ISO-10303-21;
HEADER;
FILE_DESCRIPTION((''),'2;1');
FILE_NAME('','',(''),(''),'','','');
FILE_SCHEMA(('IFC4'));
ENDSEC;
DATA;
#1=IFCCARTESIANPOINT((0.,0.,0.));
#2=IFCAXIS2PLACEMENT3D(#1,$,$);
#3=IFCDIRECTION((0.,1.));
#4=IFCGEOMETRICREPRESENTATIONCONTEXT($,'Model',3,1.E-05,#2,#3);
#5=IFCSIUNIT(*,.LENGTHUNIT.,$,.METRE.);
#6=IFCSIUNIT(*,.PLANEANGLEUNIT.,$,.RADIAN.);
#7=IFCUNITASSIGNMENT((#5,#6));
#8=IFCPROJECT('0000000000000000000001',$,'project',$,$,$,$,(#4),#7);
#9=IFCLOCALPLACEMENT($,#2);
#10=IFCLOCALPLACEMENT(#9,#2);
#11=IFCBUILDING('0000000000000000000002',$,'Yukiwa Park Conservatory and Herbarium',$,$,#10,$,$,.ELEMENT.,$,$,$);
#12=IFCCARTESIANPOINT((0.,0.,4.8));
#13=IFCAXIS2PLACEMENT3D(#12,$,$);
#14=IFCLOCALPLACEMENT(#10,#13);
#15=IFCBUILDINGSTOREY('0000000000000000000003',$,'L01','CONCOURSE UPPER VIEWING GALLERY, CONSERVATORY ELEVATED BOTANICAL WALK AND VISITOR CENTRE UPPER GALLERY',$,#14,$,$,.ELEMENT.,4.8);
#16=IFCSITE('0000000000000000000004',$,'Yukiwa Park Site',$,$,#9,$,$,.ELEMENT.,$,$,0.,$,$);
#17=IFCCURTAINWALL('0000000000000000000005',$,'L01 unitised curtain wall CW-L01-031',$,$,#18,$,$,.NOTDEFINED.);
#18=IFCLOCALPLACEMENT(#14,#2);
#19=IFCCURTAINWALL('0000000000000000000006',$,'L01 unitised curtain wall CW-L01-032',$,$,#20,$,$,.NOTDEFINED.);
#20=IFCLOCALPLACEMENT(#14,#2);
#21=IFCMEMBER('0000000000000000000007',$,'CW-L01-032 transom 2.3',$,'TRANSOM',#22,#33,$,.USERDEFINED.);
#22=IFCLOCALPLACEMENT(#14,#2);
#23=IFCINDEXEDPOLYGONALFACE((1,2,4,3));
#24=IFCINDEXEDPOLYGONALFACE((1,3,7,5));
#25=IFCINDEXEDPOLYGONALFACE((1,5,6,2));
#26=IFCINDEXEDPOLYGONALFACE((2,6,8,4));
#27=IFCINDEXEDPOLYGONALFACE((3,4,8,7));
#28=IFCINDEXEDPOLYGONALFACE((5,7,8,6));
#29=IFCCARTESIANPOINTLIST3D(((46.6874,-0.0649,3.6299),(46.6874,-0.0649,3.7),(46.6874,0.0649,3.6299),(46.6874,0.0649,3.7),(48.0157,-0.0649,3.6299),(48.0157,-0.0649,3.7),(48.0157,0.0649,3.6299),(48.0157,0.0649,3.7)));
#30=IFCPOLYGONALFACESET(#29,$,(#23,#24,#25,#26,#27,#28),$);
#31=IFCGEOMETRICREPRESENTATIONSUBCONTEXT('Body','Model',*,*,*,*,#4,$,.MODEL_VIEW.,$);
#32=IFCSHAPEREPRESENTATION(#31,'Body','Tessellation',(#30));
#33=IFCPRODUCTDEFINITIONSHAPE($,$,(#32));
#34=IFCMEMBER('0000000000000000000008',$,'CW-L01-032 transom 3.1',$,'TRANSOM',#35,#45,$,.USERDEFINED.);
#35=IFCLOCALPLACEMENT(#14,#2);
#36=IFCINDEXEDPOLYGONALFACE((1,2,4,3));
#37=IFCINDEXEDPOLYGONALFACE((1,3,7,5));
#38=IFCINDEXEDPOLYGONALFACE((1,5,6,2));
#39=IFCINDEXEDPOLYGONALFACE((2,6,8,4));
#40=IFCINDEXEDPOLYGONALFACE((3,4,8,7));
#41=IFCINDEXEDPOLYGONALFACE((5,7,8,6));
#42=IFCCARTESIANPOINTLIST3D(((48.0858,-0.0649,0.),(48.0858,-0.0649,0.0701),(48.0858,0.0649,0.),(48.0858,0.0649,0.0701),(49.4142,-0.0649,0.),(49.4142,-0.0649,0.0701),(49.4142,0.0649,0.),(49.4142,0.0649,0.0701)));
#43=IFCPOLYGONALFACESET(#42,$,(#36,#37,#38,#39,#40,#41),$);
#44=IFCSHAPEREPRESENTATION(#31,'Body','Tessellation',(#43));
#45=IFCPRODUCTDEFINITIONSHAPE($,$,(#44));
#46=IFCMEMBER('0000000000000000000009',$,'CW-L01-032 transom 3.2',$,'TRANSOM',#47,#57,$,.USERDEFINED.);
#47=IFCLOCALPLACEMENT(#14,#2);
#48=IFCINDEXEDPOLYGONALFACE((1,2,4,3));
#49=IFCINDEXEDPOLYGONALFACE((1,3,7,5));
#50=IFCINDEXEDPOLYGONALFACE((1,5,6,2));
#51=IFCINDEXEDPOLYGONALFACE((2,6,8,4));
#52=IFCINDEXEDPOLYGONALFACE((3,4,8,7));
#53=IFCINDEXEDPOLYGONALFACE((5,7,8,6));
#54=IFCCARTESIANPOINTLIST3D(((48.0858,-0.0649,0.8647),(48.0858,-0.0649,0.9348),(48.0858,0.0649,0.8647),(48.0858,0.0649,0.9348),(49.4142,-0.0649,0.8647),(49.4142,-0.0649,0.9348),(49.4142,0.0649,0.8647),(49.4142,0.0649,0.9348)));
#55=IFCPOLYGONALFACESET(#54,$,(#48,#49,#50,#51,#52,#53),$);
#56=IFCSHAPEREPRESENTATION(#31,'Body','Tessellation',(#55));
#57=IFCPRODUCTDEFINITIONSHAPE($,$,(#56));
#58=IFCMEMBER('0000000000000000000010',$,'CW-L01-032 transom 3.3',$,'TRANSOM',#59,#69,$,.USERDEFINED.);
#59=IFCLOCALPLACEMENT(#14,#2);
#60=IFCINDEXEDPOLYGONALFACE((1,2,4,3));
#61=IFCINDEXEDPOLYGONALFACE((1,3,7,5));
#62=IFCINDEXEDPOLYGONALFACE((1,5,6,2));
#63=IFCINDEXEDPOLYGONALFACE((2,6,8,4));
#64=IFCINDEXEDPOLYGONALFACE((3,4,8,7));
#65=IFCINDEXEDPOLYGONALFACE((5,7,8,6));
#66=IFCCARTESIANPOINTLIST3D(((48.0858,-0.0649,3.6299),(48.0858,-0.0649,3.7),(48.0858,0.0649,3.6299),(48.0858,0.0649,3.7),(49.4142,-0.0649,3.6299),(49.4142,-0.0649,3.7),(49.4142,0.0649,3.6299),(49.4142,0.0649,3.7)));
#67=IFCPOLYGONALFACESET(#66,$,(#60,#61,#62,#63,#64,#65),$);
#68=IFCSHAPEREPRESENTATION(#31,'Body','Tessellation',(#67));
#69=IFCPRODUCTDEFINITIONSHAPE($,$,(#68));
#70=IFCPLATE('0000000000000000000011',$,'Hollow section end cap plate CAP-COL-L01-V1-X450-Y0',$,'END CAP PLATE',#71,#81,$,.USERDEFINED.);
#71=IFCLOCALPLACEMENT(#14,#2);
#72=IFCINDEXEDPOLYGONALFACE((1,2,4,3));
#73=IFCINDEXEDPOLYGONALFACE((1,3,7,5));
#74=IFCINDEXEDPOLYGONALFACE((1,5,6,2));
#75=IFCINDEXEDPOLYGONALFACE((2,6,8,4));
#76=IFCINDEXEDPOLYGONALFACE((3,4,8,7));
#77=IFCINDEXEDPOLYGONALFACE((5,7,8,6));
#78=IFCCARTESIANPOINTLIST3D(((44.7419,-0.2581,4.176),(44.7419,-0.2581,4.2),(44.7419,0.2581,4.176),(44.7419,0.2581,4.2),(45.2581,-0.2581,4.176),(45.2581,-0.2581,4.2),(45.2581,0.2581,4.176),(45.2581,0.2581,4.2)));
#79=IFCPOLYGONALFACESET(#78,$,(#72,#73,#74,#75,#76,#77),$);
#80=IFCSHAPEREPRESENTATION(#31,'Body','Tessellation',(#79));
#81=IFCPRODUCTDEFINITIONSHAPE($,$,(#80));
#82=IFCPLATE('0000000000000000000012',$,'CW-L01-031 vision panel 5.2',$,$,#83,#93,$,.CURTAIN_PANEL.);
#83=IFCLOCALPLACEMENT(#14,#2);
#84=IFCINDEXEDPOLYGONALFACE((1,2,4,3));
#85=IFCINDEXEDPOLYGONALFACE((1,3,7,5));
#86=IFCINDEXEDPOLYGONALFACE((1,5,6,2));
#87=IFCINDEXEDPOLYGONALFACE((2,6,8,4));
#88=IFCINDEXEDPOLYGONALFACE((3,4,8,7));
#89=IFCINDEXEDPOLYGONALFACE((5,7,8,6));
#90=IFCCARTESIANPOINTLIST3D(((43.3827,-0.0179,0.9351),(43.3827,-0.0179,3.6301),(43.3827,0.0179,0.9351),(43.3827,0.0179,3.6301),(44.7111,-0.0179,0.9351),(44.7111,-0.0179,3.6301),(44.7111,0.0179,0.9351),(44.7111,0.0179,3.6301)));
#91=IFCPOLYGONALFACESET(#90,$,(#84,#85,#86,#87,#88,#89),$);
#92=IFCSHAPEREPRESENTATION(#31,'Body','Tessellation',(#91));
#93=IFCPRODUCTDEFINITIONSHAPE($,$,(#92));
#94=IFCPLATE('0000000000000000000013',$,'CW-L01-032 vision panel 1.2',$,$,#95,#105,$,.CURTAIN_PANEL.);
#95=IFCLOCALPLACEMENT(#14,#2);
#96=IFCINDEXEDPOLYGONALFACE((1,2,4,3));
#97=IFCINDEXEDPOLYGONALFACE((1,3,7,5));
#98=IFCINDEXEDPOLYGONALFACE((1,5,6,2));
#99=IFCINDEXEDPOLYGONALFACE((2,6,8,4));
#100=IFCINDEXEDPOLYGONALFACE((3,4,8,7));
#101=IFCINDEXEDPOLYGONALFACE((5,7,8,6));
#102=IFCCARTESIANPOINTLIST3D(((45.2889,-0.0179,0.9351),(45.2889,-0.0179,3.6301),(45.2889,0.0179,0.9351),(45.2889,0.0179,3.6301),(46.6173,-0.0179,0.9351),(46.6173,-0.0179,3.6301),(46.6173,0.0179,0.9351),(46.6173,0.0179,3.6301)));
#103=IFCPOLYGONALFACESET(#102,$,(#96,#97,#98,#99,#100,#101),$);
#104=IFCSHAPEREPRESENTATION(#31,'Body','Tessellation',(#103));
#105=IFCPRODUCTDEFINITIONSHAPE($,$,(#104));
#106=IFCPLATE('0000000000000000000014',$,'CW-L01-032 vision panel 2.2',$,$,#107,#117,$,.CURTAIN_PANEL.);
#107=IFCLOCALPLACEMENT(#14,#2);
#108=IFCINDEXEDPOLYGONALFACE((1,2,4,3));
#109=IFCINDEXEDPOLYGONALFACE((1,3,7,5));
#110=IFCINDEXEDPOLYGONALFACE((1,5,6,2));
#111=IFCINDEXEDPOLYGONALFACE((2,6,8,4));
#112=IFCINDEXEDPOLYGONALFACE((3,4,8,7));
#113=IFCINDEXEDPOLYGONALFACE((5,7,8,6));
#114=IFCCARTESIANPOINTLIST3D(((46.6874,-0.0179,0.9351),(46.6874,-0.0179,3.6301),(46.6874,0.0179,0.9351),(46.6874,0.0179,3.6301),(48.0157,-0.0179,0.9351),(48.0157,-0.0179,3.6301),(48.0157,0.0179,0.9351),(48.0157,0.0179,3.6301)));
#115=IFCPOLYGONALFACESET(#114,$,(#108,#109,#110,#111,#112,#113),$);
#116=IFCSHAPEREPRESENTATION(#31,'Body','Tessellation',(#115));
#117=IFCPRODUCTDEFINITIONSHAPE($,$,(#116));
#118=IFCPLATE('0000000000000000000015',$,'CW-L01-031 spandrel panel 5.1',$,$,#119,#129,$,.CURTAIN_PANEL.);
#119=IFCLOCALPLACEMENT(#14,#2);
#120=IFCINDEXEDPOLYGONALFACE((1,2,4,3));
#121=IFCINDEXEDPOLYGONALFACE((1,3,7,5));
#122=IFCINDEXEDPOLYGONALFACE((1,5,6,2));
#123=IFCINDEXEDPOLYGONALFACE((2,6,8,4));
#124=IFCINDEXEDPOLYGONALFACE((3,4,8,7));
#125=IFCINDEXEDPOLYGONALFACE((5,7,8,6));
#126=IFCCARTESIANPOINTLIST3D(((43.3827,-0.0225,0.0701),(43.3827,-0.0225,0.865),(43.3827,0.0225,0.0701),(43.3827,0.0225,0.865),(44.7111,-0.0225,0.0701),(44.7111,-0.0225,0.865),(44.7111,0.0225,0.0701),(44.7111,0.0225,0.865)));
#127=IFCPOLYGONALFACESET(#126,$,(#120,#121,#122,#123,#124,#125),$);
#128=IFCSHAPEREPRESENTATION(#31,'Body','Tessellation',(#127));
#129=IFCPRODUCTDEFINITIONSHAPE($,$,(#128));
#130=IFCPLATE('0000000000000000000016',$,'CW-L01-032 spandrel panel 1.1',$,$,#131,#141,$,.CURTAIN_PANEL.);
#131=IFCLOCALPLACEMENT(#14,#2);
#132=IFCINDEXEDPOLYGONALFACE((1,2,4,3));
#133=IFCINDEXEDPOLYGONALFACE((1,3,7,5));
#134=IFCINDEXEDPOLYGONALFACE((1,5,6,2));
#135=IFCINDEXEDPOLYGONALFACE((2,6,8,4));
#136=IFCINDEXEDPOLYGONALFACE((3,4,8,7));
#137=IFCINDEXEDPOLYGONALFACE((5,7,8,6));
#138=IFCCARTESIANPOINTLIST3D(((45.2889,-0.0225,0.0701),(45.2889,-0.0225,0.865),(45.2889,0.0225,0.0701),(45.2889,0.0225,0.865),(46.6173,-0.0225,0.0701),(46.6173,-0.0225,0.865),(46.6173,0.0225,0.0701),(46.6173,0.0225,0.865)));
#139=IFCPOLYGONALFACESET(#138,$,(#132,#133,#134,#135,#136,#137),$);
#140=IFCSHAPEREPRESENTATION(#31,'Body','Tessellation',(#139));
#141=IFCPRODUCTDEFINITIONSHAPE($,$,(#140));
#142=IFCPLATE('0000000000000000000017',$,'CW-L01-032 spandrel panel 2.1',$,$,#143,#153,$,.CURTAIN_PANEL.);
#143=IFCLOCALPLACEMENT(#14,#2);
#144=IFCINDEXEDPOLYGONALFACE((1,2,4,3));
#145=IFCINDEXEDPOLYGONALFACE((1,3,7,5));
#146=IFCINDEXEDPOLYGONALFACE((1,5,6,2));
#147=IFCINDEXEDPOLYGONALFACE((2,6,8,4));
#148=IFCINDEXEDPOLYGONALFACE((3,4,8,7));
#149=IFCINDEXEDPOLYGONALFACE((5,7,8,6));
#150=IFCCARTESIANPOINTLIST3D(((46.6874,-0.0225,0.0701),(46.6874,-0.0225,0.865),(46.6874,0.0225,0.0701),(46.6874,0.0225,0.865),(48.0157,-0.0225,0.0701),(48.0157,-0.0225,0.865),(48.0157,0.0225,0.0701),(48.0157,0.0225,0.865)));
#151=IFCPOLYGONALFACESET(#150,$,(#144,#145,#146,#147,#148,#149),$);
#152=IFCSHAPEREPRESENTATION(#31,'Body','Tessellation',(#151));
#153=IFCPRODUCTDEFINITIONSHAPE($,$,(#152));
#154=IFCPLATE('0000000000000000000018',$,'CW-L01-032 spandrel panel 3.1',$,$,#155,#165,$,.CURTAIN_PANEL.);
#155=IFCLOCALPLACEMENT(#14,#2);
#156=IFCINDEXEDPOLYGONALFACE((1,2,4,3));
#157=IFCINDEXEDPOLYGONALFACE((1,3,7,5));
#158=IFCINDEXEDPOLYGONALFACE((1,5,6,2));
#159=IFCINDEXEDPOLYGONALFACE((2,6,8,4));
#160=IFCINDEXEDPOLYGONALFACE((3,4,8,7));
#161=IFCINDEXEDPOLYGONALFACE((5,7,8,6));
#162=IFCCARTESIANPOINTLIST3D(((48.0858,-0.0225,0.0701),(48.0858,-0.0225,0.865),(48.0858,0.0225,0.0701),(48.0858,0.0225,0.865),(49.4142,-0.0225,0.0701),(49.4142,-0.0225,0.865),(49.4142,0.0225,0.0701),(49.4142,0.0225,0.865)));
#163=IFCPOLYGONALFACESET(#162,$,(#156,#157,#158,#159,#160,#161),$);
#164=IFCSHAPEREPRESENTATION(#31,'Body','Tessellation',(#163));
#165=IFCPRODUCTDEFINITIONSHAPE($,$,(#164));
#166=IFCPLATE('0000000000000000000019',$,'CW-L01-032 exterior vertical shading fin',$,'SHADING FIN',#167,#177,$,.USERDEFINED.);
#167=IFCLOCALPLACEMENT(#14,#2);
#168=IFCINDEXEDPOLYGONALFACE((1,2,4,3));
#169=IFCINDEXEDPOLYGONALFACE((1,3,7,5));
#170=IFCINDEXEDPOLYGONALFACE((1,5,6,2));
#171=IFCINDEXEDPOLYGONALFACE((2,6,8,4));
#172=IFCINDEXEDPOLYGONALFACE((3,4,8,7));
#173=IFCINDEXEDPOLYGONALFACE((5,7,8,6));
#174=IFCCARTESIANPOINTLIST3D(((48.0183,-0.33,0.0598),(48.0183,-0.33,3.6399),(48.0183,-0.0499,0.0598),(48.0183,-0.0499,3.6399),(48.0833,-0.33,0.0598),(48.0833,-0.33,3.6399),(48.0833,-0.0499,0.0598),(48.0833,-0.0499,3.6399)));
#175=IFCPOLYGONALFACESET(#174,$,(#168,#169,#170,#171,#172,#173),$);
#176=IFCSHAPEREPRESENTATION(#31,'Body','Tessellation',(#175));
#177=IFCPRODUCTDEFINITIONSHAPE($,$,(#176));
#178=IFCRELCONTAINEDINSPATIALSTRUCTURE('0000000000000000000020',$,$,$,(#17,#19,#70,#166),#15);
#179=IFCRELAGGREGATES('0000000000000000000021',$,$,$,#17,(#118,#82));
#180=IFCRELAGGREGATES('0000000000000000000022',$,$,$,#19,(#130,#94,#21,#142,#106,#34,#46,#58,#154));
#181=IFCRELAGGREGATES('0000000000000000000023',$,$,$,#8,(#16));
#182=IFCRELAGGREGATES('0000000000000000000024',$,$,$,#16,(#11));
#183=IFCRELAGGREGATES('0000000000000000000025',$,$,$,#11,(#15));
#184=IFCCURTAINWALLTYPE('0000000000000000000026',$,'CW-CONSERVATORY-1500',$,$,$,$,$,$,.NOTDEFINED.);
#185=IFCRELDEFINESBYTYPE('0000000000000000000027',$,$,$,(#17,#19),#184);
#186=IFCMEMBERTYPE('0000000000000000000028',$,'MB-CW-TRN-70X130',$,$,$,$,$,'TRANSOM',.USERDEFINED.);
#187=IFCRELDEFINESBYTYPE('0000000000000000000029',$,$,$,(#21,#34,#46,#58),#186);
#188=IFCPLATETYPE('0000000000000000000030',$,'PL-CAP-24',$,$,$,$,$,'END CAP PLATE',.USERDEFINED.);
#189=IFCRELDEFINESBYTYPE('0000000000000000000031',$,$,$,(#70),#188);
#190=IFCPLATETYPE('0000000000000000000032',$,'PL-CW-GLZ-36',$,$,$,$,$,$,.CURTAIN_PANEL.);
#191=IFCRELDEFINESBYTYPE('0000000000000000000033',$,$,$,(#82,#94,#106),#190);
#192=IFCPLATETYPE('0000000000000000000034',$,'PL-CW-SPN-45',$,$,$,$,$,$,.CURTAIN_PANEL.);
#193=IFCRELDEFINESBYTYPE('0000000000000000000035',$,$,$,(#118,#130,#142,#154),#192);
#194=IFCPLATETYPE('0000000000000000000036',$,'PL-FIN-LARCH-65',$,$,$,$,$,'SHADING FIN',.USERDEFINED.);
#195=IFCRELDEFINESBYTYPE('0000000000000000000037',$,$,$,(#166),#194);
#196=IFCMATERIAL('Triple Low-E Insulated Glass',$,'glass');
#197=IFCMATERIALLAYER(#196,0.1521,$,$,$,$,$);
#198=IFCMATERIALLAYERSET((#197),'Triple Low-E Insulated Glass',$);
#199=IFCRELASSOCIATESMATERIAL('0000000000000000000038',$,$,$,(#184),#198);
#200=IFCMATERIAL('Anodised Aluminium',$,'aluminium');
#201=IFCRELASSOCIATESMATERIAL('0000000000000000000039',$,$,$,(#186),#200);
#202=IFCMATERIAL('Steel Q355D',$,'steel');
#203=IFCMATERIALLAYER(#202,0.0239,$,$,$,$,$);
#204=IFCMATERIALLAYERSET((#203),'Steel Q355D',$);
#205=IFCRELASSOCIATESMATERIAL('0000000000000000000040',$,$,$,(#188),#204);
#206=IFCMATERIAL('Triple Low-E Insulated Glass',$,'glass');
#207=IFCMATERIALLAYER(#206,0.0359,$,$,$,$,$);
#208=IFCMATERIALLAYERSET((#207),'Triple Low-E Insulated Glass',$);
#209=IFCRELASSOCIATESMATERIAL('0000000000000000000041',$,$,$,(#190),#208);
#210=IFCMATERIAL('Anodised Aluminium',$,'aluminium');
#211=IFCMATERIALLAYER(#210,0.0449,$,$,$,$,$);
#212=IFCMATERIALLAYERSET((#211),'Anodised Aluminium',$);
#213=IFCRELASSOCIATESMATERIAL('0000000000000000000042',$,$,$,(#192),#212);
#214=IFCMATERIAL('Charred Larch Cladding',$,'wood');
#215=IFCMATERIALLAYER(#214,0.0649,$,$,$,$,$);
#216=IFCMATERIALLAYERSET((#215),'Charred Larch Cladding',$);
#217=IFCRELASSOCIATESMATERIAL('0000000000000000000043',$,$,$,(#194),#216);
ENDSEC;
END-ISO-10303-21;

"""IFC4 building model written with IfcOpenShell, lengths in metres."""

from ifc_helpers import new_model, si_unit, direction, frame, origin, origin_2d, place, context, subcontext, project, spatial, rectangle, extrude, material, layer, layer_set, type_object, element, aggregate, save


model = new_model("IFC4")

# Units and contexts
model_context = context("Model", 3, precision=1e-05, world=origin(), true_north=direction((0.0, 1.0)))
body_context = subcontext(model_context, "Body", "Model", "MODEL_VIEW")
ifc_project = project(units=[si_unit("LENGTHUNIT", "METRE"), si_unit("PLANEANGLEUNIT", "RADIAN")], contexts=[model_context])

# Site, building, storey
site_placement = place(None, origin())
site = spatial("IfcSite", under=ifc_project, at=site_placement, Name="Yukiwa Park Site", CompositionType="ELEMENT", RefElevation=0.0)
building_placement = place(site_placement, origin())
building = spatial("IfcBuilding", under=site, at=building_placement, Name="Yukiwa Park Conservatory and Herbarium", CompositionType="ELEMENT")
storey_placement = place(building_placement, frame((0.0, 0.0, 4.8)))
storey = spatial("IfcBuildingStorey", under=building, at=storey_placement, Name="L01", Description="CONCOURSE UPPER VIEWING GALLERY, CONSERVATORY ELEVATED BOTANICAL WALK AND VISITOR CENTRE UPPER GALLERY", CompositionType="ELEMENT", Elevation=4.8)

# Curtain wall
ifc_material_1 = material(Name="Triple Low-E Insulated Glass", Category="glass")
ifc_layer_1 = layer(ifc_material_1, 0.1521)
ifc_layer_set_1 = layer_set([ifc_layer_1], Name="Triple Low-E Insulated Glass")
curtain_wall_type = type_object("IfcCurtainWallType", Name="CW-CONSERVATORY-1500", PredefinedType="NOTDEFINED", material=ifc_layer_set_1)
curtain_wall_1_placement = place(storey_placement, origin())
curtain_wall_1 = element("IfcCurtainWall", 1, at=curtain_wall_1_placement, inside=storey, type_object=curtain_wall_type, Name="L01 unitised curtain wall CW-L01-031", PredefinedType="NOTDEFINED")

# Curtain wall
curtain_wall_2_placement = place(storey_placement, origin())
curtain_wall_2 = element("IfcCurtainWall", 2, at=curtain_wall_2_placement, inside=storey, type_object=curtain_wall_type, Name="L01 unitised curtain wall CW-L01-032", PredefinedType="NOTDEFINED")

# Members
ifc_material_2 = material(Name="Anodised Aluminium", Category="aluminium")
member_type_1 = type_object("IfcMemberType", Name="MB-CW-TRN-70X130", ElementType="TRANSOM", PredefinedType="USERDEFINED", material=ifc_material_2)
member_1_placement = place(storey_placement, frame((47.3516, 0.0, 3.6299), z_axis=(0.0, 0.0, 1.0), x_axis=(1.0, 0.0, 0.0)))
member_1 = element("IfcMember", 3, at=member_1_placement, type_object=member_type_1, Name="CW-L01-032 transom 2.3", ObjectType="TRANSOM", PredefinedType="USERDEFINED", context=body_context, shape_type="SweptSolid", body=[
    extrude(rectangle(XDim=1.3284, YDim=0.1299, at=origin_2d()), origin(), (0.0, 0.0, 1.0), 0.0701),
])
member_2_placement = place(storey_placement, frame((48.75, 0.0, 0.0), z_axis=(0.0, 0.0, 1.0), x_axis=(1.0, 0.0, 0.0)))
member_2 = element("IfcMember", 4, at=member_2_placement, type_object=member_type_1, Name="CW-L01-032 transom 3.1", ObjectType="TRANSOM", PredefinedType="USERDEFINED", context=body_context, shape_type="SweptSolid", body=[
    extrude(rectangle(XDim=1.3284, YDim=0.1299, at=origin_2d()), origin(), (0.0, 0.0, 1.0), 0.0701),
])
member_3_placement = place(storey_placement, frame((48.75, 0.0, 0.8647), z_axis=(0.0, 0.0, 1.0), x_axis=(1.0, 0.0, 0.0)))
member_3 = element("IfcMember", 5, at=member_3_placement, type_object=member_type_1, Name="CW-L01-032 transom 3.2", ObjectType="TRANSOM", PredefinedType="USERDEFINED", context=body_context, shape_type="SweptSolid", body=[
    extrude(rectangle(XDim=1.3284, YDim=0.1299, at=origin_2d()), origin(), (0.0, 0.0, 1.0), 0.0701),
])
member_4_placement = place(storey_placement, frame((48.75, 0.0, 3.6299), z_axis=(0.0, 0.0, 1.0), x_axis=(1.0, 0.0, 0.0)))
member_4 = element("IfcMember", 6, at=member_4_placement, type_object=member_type_1, Name="CW-L01-032 transom 3.3", ObjectType="TRANSOM", PredefinedType="USERDEFINED", context=body_context, shape_type="SweptSolid", body=[
    extrude(rectangle(XDim=1.3284, YDim=0.1299, at=origin_2d()), origin(), (0.0, 0.0, 1.0), 0.0701),
])

# Plates
ifc_material_3 = material(Name="Steel Q355D", Category="steel")
ifc_layer_2 = layer(ifc_material_3, 0.0239)
ifc_layer_set_2 = layer_set([ifc_layer_2], Name="Steel Q355D")
plate_type_1 = type_object("IfcPlateType", Name="PL-CAP-24", ElementType="END CAP PLATE", PredefinedType="USERDEFINED", material=ifc_layer_set_2)
plate_1_placement = place(storey_placement, frame((45.0, 0.0, 4.176), z_axis=(0.0, 0.0, 1.0), x_axis=(1.0, 0.0, 0.0)))
element("IfcPlate", 7, at=plate_1_placement, inside=storey, type_object=plate_type_1, Name="Hollow section end cap plate CAP-COL-L01-V1-X450-Y0", ObjectType="END CAP PLATE", PredefinedType="USERDEFINED", context=body_context, shape_type="SweptSolid", body=[
    extrude(rectangle(XDim=0.5161, YDim=0.5161, at=origin_2d()), origin(), (0.0, 0.0, 1.0), 0.0239),
])
ifc_material_4 = material(Name="Triple Low-E Insulated Glass", Category="glass")
ifc_layer_3 = layer(ifc_material_4, 0.0359)
ifc_layer_set_3 = layer_set([ifc_layer_3], Name="Triple Low-E Insulated Glass")
plate_type_2 = type_object("IfcPlateType", Name="PL-CW-GLZ-36", PredefinedType="CURTAIN_PANEL", material=ifc_layer_set_3)
plate_2_placement = place(storey_placement, frame((44.0469, 0.0, 0.9351), z_axis=(0.0, 0.0, 1.0), x_axis=(1.0, 0.0, 0.0)))
plate_2 = element("IfcPlate", 8, at=plate_2_placement, type_object=plate_type_2, Name="CW-L01-031 vision panel 5.2", PredefinedType="CURTAIN_PANEL", context=body_context, shape_type="SweptSolid", body=[
    extrude(rectangle(XDim=1.3284, YDim=0.0359, at=origin_2d()), origin(), (0.0, 0.0, 1.0), 2.6951),
])
plate_3_placement = place(storey_placement, frame((45.9531, 0.0, 0.9351), z_axis=(0.0, 0.0, 1.0), x_axis=(1.0, 0.0, 0.0)))
plate_3 = element("IfcPlate", 9, at=plate_3_placement, type_object=plate_type_2, Name="CW-L01-032 vision panel 1.2", PredefinedType="CURTAIN_PANEL", context=body_context, shape_type="SweptSolid", body=[
    extrude(rectangle(XDim=1.3284, YDim=0.0359, at=origin_2d()), origin(), (0.0, 0.0, 1.0), 2.6951),
])
plate_4_placement = place(storey_placement, frame((47.3516, 0.0, 0.9351), z_axis=(0.0, 0.0, 1.0), x_axis=(1.0, 0.0, 0.0)))
plate_4 = element("IfcPlate", 10, at=plate_4_placement, type_object=plate_type_2, Name="CW-L01-032 vision panel 2.2", PredefinedType="CURTAIN_PANEL", context=body_context, shape_type="SweptSolid", body=[
    extrude(rectangle(XDim=1.3284, YDim=0.0359, at=origin_2d()), origin(), (0.0, 0.0, 1.0), 2.6951),
])
ifc_material_5 = material(Name="Anodised Aluminium", Category="aluminium")
ifc_layer_4 = layer(ifc_material_5, 0.0449)
ifc_layer_set_4 = layer_set([ifc_layer_4], Name="Anodised Aluminium")
plate_type_3 = type_object("IfcPlateType", Name="PL-CW-SPN-45", PredefinedType="CURTAIN_PANEL", material=ifc_layer_set_4)
plate_5_placement = place(storey_placement, frame((44.0469, 0.0, 0.0701), z_axis=(0.0, 0.0, 1.0), x_axis=(1.0, 0.0, 0.0)))
plate_5 = element("IfcPlate", 11, at=plate_5_placement, type_object=plate_type_3, Name="CW-L01-031 spandrel panel 5.1", PredefinedType="CURTAIN_PANEL", context=body_context, shape_type="SweptSolid", body=[
    extrude(rectangle(XDim=1.3284, YDim=0.0449, at=origin_2d()), origin(), (0.0, 0.0, 1.0), 0.7949),
])
aggregate(curtain_wall_1, [plate_5, plate_2])
plate_6_placement = place(storey_placement, frame((45.9531, 0.0, 0.0701), z_axis=(0.0, 0.0, 1.0), x_axis=(1.0, 0.0, 0.0)))
plate_6 = element("IfcPlate", 12, at=plate_6_placement, type_object=plate_type_3, Name="CW-L01-032 spandrel panel 1.1", PredefinedType="CURTAIN_PANEL", context=body_context, shape_type="SweptSolid", body=[
    extrude(rectangle(XDim=1.3284, YDim=0.0449, at=origin_2d()), origin(), (0.0, 0.0, 1.0), 0.7949),
])
plate_7_placement = place(storey_placement, frame((47.3516, 0.0, 0.0701), z_axis=(0.0, 0.0, 1.0), x_axis=(1.0, 0.0, 0.0)))
plate_7 = element("IfcPlate", 13, at=plate_7_placement, type_object=plate_type_3, Name="CW-L01-032 spandrel panel 2.1", PredefinedType="CURTAIN_PANEL", context=body_context, shape_type="SweptSolid", body=[
    extrude(rectangle(XDim=1.3284, YDim=0.0449, at=origin_2d()), origin(), (0.0, 0.0, 1.0), 0.7949),
])
plate_8_placement = place(storey_placement, frame((48.75, 0.0, 0.0701), z_axis=(0.0, 0.0, 1.0), x_axis=(1.0, 0.0, 0.0)))
plate_8 = element("IfcPlate", 14, at=plate_8_placement, type_object=plate_type_3, Name="CW-L01-032 spandrel panel 3.1", PredefinedType="CURTAIN_PANEL", context=body_context, shape_type="SweptSolid", body=[
    extrude(rectangle(XDim=1.3284, YDim=0.0449, at=origin_2d()), origin(), (0.0, 0.0, 1.0), 0.7949),
])
aggregate(curtain_wall_2, [plate_6, plate_3, member_1, plate_7, plate_4, member_2, member_3, member_4, plate_8])
ifc_material_6 = material(Name="Charred Larch Cladding", Category="wood")
ifc_layer_5 = layer(ifc_material_6, 0.0649)
ifc_layer_set_5 = layer_set([ifc_layer_5], Name="Charred Larch Cladding")
plate_type_4 = type_object("IfcPlateType", Name="PL-FIN-LARCH-65", ElementType="SHADING FIN", PredefinedType="USERDEFINED", material=ifc_layer_set_5)
plate_9_placement = place(storey_placement, frame((48.0508, -0.1899, 0.0598), z_axis=(0.0, 0.0, 1.0), x_axis=(1.0, 0.0, 0.0)))
element("IfcPlate", 15, at=plate_9_placement, inside=storey, type_object=plate_type_4, Name="CW-L01-032 exterior vertical shading fin", ObjectType="SHADING FIN", PredefinedType="USERDEFINED", context=body_context, shape_type="SweptSolid", body=[
    extrude(rectangle(XDim=0.0649, YDim=0.28, at=origin_2d()), origin(), (0.0, 0.0, 1.0), 3.5801),
])

save(model, "model.ifc")
